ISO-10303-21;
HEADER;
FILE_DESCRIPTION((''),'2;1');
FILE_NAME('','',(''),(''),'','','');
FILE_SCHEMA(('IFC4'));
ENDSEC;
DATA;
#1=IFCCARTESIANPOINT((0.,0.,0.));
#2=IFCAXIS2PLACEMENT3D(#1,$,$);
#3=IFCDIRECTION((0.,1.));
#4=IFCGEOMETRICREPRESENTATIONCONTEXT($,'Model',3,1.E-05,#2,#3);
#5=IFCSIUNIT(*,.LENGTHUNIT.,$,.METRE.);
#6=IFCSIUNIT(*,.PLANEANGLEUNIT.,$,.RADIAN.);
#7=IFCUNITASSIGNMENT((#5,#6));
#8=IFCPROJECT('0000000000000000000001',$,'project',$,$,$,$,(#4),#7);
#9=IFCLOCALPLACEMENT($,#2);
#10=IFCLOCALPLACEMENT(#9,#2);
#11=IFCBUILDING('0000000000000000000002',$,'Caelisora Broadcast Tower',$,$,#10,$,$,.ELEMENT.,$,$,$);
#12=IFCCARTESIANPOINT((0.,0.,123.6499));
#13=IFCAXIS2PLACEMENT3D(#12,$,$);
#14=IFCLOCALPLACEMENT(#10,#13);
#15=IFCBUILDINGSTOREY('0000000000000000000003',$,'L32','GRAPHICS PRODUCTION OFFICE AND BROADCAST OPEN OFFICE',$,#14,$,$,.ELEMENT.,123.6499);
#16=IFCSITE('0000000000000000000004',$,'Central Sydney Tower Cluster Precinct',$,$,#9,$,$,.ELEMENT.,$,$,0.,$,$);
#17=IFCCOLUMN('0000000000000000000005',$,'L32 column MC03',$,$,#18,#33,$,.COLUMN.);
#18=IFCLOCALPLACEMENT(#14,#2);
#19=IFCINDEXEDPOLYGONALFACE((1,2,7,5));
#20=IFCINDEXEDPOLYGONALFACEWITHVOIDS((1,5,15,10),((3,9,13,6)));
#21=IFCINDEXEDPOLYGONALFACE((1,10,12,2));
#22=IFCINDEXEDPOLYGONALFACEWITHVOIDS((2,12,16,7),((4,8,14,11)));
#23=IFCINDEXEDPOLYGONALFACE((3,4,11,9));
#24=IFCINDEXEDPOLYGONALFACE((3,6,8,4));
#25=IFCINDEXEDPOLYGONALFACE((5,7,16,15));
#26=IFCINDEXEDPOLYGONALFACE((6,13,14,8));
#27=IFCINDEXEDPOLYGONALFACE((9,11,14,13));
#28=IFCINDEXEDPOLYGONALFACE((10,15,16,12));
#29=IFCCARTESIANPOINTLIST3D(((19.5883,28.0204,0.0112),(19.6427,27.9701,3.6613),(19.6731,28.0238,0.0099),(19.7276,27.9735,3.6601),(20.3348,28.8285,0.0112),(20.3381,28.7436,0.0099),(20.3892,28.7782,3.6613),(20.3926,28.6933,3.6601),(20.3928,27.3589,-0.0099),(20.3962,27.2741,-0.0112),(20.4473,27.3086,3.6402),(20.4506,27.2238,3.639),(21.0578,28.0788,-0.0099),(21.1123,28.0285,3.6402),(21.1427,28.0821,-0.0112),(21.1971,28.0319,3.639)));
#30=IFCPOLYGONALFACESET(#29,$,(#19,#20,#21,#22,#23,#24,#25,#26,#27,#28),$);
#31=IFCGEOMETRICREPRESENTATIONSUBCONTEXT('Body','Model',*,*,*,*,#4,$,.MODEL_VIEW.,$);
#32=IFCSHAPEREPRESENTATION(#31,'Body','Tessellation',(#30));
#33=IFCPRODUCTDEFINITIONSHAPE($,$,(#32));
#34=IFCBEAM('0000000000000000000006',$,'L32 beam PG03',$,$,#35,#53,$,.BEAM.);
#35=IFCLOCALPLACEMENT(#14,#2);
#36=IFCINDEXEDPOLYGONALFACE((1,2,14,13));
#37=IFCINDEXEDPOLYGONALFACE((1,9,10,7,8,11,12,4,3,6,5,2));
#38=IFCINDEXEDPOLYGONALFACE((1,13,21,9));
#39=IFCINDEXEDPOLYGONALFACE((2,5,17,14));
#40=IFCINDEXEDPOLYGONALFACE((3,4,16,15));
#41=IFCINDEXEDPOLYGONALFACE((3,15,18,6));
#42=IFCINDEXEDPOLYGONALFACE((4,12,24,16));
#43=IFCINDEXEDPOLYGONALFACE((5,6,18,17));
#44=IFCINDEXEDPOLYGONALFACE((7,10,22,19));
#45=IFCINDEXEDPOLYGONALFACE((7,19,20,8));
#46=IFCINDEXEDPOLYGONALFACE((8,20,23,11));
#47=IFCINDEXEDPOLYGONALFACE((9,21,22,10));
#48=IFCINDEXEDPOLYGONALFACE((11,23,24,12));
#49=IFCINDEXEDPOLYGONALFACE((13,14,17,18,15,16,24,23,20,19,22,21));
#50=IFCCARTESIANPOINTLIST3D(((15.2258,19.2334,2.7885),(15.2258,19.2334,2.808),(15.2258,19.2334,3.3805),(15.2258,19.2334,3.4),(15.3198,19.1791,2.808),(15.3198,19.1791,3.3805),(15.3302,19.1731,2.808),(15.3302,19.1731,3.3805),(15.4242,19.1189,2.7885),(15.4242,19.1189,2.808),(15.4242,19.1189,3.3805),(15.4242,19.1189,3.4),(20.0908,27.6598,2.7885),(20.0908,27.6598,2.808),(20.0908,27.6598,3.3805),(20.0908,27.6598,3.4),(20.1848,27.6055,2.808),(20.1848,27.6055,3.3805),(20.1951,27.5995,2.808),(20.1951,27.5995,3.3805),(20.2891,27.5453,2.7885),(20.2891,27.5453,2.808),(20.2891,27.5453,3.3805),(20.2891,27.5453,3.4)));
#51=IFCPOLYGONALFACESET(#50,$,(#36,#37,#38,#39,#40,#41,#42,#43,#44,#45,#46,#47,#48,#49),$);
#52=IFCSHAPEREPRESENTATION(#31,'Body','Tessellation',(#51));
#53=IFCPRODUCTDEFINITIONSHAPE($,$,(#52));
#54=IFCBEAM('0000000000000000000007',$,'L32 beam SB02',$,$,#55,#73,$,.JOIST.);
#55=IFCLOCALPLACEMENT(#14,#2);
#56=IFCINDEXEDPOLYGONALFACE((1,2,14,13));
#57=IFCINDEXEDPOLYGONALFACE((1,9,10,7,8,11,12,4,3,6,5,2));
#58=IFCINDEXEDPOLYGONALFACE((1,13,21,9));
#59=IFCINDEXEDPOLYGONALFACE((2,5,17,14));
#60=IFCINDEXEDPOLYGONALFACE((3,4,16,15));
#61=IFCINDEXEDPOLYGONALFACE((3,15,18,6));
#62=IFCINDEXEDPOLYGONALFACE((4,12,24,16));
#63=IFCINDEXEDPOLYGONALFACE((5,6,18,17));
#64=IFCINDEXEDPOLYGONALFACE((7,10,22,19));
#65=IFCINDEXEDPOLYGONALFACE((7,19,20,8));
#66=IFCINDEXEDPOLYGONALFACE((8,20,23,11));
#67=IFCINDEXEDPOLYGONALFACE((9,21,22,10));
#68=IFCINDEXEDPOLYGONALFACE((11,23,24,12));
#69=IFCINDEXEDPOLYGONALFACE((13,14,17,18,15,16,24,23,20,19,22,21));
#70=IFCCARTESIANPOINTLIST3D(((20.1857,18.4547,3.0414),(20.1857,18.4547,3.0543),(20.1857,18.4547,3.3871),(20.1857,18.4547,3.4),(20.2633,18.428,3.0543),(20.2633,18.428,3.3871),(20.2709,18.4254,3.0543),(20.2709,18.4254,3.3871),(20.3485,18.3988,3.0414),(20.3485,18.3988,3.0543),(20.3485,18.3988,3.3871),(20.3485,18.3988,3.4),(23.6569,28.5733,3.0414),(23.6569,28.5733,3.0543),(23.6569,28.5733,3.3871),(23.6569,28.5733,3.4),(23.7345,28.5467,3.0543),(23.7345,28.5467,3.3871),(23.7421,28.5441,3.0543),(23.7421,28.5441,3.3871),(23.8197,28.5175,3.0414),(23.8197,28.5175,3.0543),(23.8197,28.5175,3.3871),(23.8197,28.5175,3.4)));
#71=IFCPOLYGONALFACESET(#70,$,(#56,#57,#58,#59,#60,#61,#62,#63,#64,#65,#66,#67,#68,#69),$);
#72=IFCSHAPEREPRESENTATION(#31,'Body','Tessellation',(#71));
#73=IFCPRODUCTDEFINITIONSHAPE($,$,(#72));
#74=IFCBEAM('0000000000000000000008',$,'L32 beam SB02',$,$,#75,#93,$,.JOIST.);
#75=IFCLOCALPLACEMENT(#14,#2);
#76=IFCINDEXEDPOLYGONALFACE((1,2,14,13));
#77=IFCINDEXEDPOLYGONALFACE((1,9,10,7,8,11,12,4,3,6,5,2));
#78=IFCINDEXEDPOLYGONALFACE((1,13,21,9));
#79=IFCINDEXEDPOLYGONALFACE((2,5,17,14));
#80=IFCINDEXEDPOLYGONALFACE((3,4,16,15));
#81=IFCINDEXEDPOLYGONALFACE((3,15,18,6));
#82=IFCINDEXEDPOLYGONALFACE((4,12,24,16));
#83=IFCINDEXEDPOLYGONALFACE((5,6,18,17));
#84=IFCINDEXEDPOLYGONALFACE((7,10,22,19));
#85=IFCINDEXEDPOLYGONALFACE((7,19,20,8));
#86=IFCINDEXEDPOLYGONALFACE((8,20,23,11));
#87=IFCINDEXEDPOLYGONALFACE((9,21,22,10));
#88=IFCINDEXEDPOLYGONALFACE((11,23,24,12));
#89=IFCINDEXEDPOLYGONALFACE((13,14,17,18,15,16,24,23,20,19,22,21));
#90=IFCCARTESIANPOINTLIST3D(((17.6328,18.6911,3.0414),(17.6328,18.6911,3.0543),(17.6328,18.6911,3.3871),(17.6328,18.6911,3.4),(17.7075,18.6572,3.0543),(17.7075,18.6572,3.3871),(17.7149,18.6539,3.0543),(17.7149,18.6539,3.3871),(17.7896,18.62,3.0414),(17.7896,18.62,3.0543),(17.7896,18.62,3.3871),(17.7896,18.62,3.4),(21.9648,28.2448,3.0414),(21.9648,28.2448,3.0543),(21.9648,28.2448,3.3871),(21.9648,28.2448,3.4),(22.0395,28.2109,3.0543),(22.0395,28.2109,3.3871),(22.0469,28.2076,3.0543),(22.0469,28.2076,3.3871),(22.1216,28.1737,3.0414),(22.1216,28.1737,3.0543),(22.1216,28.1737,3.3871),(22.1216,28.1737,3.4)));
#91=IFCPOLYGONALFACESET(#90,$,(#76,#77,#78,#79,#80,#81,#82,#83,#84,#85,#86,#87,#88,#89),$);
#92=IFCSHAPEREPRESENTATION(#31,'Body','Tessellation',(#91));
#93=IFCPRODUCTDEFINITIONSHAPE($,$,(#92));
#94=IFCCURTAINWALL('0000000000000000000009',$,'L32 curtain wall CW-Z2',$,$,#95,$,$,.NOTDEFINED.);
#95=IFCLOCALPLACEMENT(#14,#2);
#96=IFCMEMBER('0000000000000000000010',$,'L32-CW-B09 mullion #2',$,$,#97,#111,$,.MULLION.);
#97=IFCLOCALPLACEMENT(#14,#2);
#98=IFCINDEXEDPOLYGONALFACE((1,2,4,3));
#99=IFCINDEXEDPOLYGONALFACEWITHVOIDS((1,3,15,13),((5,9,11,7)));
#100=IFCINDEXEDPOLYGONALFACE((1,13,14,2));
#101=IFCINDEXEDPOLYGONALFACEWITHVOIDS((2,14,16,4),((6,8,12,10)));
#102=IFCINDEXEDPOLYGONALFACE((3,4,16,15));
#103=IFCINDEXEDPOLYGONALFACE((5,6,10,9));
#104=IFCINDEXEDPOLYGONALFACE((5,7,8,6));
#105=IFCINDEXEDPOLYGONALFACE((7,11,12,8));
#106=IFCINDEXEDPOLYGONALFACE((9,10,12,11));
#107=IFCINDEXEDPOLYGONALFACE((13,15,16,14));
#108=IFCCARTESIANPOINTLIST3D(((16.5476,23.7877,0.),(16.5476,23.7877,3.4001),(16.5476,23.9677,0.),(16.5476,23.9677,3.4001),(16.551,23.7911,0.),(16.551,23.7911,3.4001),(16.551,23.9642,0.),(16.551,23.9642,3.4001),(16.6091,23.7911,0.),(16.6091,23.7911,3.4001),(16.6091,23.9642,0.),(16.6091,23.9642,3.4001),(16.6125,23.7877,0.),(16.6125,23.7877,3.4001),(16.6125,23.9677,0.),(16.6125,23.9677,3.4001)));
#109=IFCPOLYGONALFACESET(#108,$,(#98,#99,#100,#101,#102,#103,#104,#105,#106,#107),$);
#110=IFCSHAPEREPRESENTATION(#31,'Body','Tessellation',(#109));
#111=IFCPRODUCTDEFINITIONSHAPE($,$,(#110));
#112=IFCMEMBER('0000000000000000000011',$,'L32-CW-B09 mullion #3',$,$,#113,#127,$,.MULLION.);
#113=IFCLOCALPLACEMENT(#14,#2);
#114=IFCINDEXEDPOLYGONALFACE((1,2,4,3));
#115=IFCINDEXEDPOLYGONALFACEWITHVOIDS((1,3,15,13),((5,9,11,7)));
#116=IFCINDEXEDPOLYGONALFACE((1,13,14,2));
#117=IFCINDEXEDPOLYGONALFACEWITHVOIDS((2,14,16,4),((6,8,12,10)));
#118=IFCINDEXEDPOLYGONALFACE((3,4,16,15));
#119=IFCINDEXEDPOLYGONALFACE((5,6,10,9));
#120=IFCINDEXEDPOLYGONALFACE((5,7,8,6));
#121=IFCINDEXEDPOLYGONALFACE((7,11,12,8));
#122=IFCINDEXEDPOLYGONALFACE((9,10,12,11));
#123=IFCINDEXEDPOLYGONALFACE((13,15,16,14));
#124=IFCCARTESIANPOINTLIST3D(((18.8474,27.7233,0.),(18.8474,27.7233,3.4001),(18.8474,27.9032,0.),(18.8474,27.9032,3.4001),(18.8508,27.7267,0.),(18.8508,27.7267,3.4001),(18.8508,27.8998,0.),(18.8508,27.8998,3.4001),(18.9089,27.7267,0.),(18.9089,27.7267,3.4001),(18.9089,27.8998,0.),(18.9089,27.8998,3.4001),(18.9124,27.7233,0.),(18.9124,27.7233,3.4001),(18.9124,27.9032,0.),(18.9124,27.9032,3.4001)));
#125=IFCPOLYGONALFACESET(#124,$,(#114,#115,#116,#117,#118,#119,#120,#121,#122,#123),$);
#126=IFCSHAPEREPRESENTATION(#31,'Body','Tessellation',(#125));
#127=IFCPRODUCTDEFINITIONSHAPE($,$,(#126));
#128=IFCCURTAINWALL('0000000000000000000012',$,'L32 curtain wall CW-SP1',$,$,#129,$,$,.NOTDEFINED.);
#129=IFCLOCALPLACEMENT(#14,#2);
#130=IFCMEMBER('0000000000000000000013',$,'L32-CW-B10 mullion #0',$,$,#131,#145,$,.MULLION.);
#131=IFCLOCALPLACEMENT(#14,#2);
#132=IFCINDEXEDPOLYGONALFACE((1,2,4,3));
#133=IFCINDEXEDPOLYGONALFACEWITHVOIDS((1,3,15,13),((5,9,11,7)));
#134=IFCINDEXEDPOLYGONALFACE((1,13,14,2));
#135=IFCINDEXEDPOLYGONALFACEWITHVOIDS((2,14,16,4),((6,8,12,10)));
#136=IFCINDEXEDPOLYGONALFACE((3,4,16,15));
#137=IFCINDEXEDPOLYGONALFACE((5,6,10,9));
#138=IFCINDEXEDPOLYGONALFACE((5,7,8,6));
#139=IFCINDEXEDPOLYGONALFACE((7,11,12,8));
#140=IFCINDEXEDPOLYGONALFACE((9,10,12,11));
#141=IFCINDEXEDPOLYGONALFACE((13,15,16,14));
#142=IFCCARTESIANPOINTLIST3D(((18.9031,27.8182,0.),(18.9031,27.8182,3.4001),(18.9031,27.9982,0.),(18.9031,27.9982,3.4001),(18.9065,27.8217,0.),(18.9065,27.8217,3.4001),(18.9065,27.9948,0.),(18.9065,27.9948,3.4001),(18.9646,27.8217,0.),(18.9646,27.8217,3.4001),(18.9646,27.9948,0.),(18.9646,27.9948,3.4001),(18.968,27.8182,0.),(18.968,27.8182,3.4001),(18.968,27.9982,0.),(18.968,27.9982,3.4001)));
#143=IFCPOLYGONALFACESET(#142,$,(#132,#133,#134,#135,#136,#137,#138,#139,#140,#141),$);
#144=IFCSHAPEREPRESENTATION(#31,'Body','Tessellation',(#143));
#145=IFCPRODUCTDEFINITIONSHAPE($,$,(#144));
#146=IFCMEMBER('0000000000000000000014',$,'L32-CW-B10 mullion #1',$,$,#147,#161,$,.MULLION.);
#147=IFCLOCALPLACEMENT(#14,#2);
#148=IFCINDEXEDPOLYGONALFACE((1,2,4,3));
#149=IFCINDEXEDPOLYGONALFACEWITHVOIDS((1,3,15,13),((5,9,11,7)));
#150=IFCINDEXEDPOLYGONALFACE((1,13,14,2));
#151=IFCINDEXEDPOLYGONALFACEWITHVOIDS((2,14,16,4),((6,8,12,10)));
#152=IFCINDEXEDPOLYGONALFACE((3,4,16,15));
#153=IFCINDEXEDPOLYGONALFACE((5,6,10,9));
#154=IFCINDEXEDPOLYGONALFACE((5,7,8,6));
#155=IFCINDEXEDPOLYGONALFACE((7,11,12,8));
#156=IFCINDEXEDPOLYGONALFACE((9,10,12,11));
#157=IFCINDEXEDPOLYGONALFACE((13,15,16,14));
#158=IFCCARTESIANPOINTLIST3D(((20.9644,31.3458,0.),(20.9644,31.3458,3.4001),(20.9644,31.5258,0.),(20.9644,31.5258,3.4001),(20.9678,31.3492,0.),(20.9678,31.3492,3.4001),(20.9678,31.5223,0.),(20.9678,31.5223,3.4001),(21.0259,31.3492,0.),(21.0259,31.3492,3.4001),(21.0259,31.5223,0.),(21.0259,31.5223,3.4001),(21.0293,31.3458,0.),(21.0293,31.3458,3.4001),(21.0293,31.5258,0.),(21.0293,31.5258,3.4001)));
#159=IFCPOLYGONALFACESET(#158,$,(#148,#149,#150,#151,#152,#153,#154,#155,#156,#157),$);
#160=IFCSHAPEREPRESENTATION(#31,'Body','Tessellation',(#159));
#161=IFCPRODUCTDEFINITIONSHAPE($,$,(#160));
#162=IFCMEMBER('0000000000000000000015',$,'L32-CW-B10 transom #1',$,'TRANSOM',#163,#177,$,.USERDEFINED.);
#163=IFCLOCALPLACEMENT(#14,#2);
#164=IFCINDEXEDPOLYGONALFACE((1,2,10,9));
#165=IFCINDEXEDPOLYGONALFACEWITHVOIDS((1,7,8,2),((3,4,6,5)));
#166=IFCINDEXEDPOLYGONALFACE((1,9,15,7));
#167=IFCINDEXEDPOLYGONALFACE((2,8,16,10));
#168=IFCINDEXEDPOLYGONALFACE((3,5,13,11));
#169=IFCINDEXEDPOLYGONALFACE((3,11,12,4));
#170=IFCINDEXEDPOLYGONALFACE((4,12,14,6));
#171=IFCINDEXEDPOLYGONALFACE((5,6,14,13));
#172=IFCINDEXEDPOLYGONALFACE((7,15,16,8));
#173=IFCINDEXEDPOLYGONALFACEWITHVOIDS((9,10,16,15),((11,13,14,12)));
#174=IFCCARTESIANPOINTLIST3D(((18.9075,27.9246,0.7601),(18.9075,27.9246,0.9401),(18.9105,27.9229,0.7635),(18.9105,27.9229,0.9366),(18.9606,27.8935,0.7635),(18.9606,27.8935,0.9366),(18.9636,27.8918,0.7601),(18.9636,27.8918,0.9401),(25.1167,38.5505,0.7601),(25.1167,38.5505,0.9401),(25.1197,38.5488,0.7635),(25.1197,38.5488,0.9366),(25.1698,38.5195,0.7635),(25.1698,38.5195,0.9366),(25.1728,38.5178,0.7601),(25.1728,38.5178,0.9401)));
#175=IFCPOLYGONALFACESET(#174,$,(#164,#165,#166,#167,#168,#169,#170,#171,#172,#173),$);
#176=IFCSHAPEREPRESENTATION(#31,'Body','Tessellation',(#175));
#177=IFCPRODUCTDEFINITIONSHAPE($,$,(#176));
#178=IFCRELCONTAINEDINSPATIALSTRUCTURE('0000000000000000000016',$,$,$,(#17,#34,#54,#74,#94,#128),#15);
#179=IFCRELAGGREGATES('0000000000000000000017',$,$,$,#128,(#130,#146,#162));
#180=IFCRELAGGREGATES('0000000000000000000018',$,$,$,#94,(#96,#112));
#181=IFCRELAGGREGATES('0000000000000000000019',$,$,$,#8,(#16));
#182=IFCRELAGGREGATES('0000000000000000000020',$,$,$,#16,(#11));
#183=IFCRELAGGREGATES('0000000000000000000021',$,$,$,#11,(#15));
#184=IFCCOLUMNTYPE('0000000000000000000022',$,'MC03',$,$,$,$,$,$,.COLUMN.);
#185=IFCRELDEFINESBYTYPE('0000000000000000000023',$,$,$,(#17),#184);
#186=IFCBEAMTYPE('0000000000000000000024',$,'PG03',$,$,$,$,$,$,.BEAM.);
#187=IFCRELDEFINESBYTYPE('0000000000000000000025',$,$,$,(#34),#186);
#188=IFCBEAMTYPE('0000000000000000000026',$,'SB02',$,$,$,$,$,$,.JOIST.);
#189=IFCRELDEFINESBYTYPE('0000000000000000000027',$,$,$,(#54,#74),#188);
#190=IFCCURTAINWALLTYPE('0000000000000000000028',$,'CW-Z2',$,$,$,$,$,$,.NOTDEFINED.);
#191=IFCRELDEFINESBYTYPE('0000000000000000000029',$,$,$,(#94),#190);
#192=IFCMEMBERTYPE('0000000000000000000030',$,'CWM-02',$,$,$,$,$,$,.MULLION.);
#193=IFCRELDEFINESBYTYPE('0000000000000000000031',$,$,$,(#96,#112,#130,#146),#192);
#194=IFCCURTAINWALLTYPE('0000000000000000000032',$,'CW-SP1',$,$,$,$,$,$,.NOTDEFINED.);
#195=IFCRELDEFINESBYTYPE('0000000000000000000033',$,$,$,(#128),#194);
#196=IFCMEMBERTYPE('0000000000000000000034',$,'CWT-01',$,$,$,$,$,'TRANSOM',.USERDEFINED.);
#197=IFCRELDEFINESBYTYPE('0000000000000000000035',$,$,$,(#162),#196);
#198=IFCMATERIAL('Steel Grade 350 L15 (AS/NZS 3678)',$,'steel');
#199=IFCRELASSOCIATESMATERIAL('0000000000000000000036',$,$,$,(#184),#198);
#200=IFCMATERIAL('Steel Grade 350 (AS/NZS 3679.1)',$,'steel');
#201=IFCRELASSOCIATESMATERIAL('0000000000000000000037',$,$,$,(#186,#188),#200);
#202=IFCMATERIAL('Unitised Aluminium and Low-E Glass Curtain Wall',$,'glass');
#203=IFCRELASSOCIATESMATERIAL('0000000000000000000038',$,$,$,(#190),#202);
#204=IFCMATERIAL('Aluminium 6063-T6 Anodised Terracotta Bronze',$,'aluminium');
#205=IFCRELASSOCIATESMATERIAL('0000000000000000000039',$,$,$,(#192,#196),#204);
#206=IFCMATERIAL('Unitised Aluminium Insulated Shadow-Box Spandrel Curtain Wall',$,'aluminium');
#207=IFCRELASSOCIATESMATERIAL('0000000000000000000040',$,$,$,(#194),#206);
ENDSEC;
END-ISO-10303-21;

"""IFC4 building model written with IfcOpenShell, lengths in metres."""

from ifc_helpers import new_model, si_unit, direction, frame, origin, origin_2d, place, context, subcontext, project, spatial, hollow_rectangle, i_section, extrude, source, transform, mapped, material, material_profile, profile_set, type_object, type_shapes, element, aggregate, save


model = new_model("IFC4")

# Units and contexts
model_context = context("Model", 3, precision=1e-05, world=origin(), true_north=direction((0.0, 1.0)))
body_context = subcontext(model_context, "Body", "Model", "MODEL_VIEW")
ifc_project = project(units=[si_unit("LENGTHUNIT", "METRE"), si_unit("PLANEANGLEUNIT", "RADIAN")], contexts=[model_context])

# Site, building, storey
site_placement = place(None, origin())
site = spatial("IfcSite", under=ifc_project, at=site_placement, Name="Central Sydney Tower Cluster Precinct", CompositionType="ELEMENT", RefElevation=0.0)
building_placement = place(site_placement, origin())
building = spatial("IfcBuilding", under=site, at=building_placement, Name="Caelisora Broadcast Tower", CompositionType="ELEMENT")
storey_placement = place(building_placement, frame((0.0, 0.0, 123.6499)))
storey = spatial("IfcBuildingStorey", under=building, at=storey_placement, Name="L32", Description="GRAPHICS PRODUCTION OFFICE AND BROADCAST OPEN OFFICE", CompositionType="ELEMENT", Elevation=123.6499)

# Column
ifc_material_1 = material(Name="Steel Grade 350 L15 (AS/NZS 3678)", Category="steel")
ifc_material_profile_1 = material_profile(ifc_material_1, hollow_rectangle(XDim=1.1001, YDim=1.1001, WallThickness=0.0601, at=origin_2d()), Name="Steel Grade 350 L15 (AS/NZS 3678)")
ifc_profile_set_1 = profile_set([ifc_material_profile_1], Name="Steel Grade 350 L15 (AS/NZS 3678)")
column_type = type_object("IfcColumnType", Name="MC03", PredefinedType="COLUMN", material=ifc_profile_set_1)
shared_shape_1 = source(origin(), body_context, "Body", "SweptSolid", [
    extrude(hollow_rectangle(XDim=1.1001, YDim=1.1001, WallThickness=0.0601, at=origin_2d()), origin(), (0.0, 0.0, 1.0), 3.6509),
])
type_shapes(column_type, [shared_shape_1])
column_placement = place(storey_placement, frame((20.3655, 28.0513, 0.0), z_axis=(0.014912, -0.013776, 0.999794), x_axis=(0.678554, 0.734551, 0.0)))
element("IfcColumn", 1, at=column_placement, inside=storey, type_object=column_type, Name="L32 column MC03", PredefinedType="COLUMN", context=body_context, shape_type="MappedRepresentation", body=[
    mapped(shared_shape_1, transform((0.0, 0.0, 0.0), scale=1.0)),
])

# Beams
ifc_material_2 = material(Name="Steel Grade 350 (AS/NZS 3679.1)", Category="steel")
ifc_material_profile_2 = material_profile(ifc_material_2, i_section(OverallWidth=0.229, OverallDepth=0.6116, WebThickness=0.012, FlangeThickness=0.0195, at=origin_2d()), Name="Steel Grade 350 (AS/NZS 3679.1)")
ifc_profile_set_2 = profile_set([ifc_material_profile_2], Name="Steel Grade 350 (AS/NZS 3679.1)")
beam_type_1 = type_object("IfcBeamType", Name="PG03", PredefinedType="BEAM", material=ifc_profile_set_2)
shared_shape_2 = source(origin(), body_context, "Body", "SweptSolid", [
    extrude(i_section(OverallWidth=0.229, OverallDepth=0.6116, WebThickness=0.012, FlangeThickness=0.0195, at=origin_2d()), origin(), (0.0, 0.0, 1.0), 9.73),
])
type_shapes(beam_type_1, [shared_shape_2])
beam_1_placement = place(storey_placement, frame((20.1899, 27.6025, 3.0942), z_axis=(-0.499995, -0.866028, 0.0), x_axis=(0.866028, -0.499995, 0.0)))
element("IfcBeam", 2, at=beam_1_placement, inside=storey, type_object=beam_type_1, Name="L32 beam PG03", PredefinedType="BEAM", context=body_context, shape_type="MappedRepresentation", body=[
    mapped(shared_shape_2, transform((0.0, 0.0, 0.0), scale=1.0)),
])
ifc_material_profile_3 = material_profile(ifc_material_2, i_section(OverallWidth=0.1721, OverallDepth=0.3586, WebThickness=0.0081, FlangeThickness=0.0129, at=origin_2d()), Name="Steel Grade 350 (AS/NZS 3679.1)")
ifc_profile_set_3 = profile_set([ifc_material_profile_3], Name="Steel Grade 350 (AS/NZS 3679.1)")
beam_type_2 = type_object("IfcBeamType", Name="SB02", PredefinedType="JOIST", material=ifc_profile_set_3)
shared_shape_3 = source(origin(), body_context, "Body", "SweptSolid", [
    extrude(i_section(OverallWidth=0.1721, OverallDepth=0.3586, WebThickness=0.0081, FlangeThickness=0.0129, at=origin_2d()), origin(), (0.0, 0.0, 1.0), 10.6975),
])
beam_2_placement = place(storey_placement, frame((23.7383, 28.5454, 3.2207), z_axis=(-0.324487, -0.94589, 0.0), x_axis=(0.94589, -0.324487, 0.0)))
element("IfcBeam", 3, at=beam_2_placement, inside=storey, type_object=beam_type_2, Name="L32 beam SB02", PredefinedType="JOIST", context=body_context, shape_type="MappedRepresentation", body=[
    mapped(shared_shape_3, transform((0.0, 0.0, 0.0), scale=1.0)),
])
shared_shape_4 = source(origin(), body_context, "Body", "SweptSolid", [
    extrude(i_section(OverallWidth=0.1721, OverallDepth=0.3586, WebThickness=0.0081, FlangeThickness=0.0129, at=origin_2d()), origin(), (0.0, 0.0, 1.0), 10.49),
])
type_shapes(beam_type_2, [shared_shape_3, shared_shape_4])
beam_3_placement = place(storey_placement, frame((22.0432, 28.2092, 3.2207), z_axis=(-0.412968, -0.910745, 0.0), x_axis=(0.910745, -0.412968, 0.0)))
element("IfcBeam", 4, at=beam_3_placement, inside=storey, type_object=beam_type_2, Name="L32 beam SB02", PredefinedType="JOIST", context=body_context, shape_type="MappedRepresentation", body=[
    mapped(shared_shape_4, transform((0.0, 0.0, 0.0), scale=1.0)),
])

# Curtain walls, members
ifc_material_3 = material(Name="Unitised Aluminium and Low-E Glass Curtain Wall", Category="glass")
curtain_wall_type_1 = type_object("IfcCurtainWallType", Name="CW-Z2", PredefinedType="NOTDEFINED", material=ifc_material_3)
curtain_wall_1_placement = place(storey_placement, origin())
curtain_wall_1 = element("IfcCurtainWall", 5, at=curtain_wall_1_placement, inside=storey, type_object=curtain_wall_type_1, Name="L32 curtain wall CW-Z2", PredefinedType="NOTDEFINED")
ifc_material_4 = material(Name="Aluminium 6063-T6 Anodised Terracotta Bronze", Category="aluminium")
ifc_material_profile_4 = material_profile(ifc_material_4, hollow_rectangle(XDim=0.0649, YDim=0.1799, WallThickness=0.0034, at=origin_2d()), Name="Aluminium 6063-T6 Anodised Terracotta Bronze")
ifc_profile_set_4 = profile_set([ifc_material_profile_4], Name="Aluminium 6063-T6 Anodised Terracotta Bronze")
member_type_1 = type_object("IfcMemberType", Name="CWM-02", PredefinedType="MULLION", material=ifc_profile_set_4)
shared_shape_5 = source(origin(), body_context, "Body", "SweptSolid", [
    extrude(hollow_rectangle(XDim=0.0649, YDim=0.1799, WallThickness=0.0034, at=origin_2d()), origin(), (0.0, 0.0, 1.0), 3.4001),
])
type_shapes(member_type_1, [shared_shape_5])
member_1_placement = place(storey_placement, frame((16.5801, 23.8777, 0.0), z_axis=(0.0, 0.0, 1.0), x_axis=(1.0, 0.0, 0.0)))
member_1 = element("IfcMember", 6, at=member_1_placement, type_object=member_type_1, Name="L32-CW-B09 mullion #2", PredefinedType="MULLION", context=body_context, shape_type="MappedRepresentation", body=[
    mapped(shared_shape_5, transform((0.0, 0.0, 0.0), scale=1.0)),
])
member_2_placement = place(storey_placement, frame((18.8799, 27.8132, 0.0), z_axis=(0.0, 0.0, 1.0), x_axis=(1.0, 0.0, 0.0)))
member_2 = element("IfcMember", 7, at=member_2_placement, type_object=member_type_1, Name="L32-CW-B09 mullion #3", PredefinedType="MULLION", context=body_context, shape_type="MappedRepresentation", body=[
    mapped(shared_shape_5, transform((0.0, 0.0, 0.0), scale=1.0)),
])
ifc_material_5 = material(Name="Unitised Aluminium Insulated Shadow-Box Spandrel Curtain Wall", Category="aluminium")
curtain_wall_type_2 = type_object("IfcCurtainWallType", Name="CW-SP1", PredefinedType="NOTDEFINED", material=ifc_material_5)
curtain_wall_2_placement = place(storey_placement, origin())
curtain_wall_2 = element("IfcCurtainWall", 8, at=curtain_wall_2_placement, inside=storey, type_object=curtain_wall_type_2, Name="L32 curtain wall CW-SP1", PredefinedType="NOTDEFINED")
member_3_placement = place(storey_placement, frame((18.9355, 27.9082, 0.0), z_axis=(0.0, 0.0, 1.0), x_axis=(1.0, 0.0, 0.0)))
member_3 = element("IfcMember", 9, at=member_3_placement, type_object=member_type_1, Name="L32-CW-B10 mullion #0", PredefinedType="MULLION", context=body_context, shape_type="MappedRepresentation", body=[
    mapped(shared_shape_5, transform((0.0, 0.0, 0.0), scale=1.0)),
])
member_4_placement = place(storey_placement, frame((20.9968, 31.4358, 0.0), z_axis=(0.0, 0.0, 1.0), x_axis=(1.0, 0.0, 0.0)))
member_4 = element("IfcMember", 10, at=member_4_placement, type_object=member_type_1, Name="L32-CW-B10 mullion #1", PredefinedType="MULLION", context=body_context, shape_type="MappedRepresentation", body=[
    mapped(shared_shape_5, transform((0.0, 0.0, 0.0), scale=1.0)),
])
ifc_material_profile_5 = material_profile(ifc_material_4, hollow_rectangle(XDim=0.0649, YDim=0.1799, WallThickness=0.0034, at=origin_2d()), Name="Aluminium 6063-T6 Anodised Terracotta Bronze")
ifc_profile_set_5 = profile_set([ifc_material_profile_5], Name="Aluminium 6063-T6 Anodised Terracotta Bronze")
member_type_2 = type_object("IfcMemberType", Name="CWT-01", ElementType="TRANSOM", PredefinedType="USERDEFINED", material=ifc_profile_set_5)
shared_shape_6 = source(origin(), body_context, "Body", "SweptSolid", [
    extrude(hollow_rectangle(XDim=0.0649, YDim=0.1799, WallThickness=0.0034, at=origin_2d()), origin(), (0.0, 0.0, 1.0), 12.3071),
])
type_shapes(member_type_2, [shared_shape_6])
member_5_placement = place(storey_placement, frame((18.9355, 27.9082, 0.8501), z_axis=(0.504522, 0.863399, 0.0), x_axis=(-0.863399, 0.504522, 0.0)))
member_5 = element("IfcMember", 11, at=member_5_placement, type_object=member_type_2, Name="L32-CW-B10 transom #1", ObjectType="TRANSOM", PredefinedType="USERDEFINED", context=body_context, shape_type="MappedRepresentation", body=[
    mapped(shared_shape_6, transform((0.0, 0.0, 0.0), scale=1.0)),
])

aggregate(curtain_wall_2, [member_3, member_4, member_5])
aggregate(curtain_wall_1, [member_1, member_2])

save(model, "model.ifc")
